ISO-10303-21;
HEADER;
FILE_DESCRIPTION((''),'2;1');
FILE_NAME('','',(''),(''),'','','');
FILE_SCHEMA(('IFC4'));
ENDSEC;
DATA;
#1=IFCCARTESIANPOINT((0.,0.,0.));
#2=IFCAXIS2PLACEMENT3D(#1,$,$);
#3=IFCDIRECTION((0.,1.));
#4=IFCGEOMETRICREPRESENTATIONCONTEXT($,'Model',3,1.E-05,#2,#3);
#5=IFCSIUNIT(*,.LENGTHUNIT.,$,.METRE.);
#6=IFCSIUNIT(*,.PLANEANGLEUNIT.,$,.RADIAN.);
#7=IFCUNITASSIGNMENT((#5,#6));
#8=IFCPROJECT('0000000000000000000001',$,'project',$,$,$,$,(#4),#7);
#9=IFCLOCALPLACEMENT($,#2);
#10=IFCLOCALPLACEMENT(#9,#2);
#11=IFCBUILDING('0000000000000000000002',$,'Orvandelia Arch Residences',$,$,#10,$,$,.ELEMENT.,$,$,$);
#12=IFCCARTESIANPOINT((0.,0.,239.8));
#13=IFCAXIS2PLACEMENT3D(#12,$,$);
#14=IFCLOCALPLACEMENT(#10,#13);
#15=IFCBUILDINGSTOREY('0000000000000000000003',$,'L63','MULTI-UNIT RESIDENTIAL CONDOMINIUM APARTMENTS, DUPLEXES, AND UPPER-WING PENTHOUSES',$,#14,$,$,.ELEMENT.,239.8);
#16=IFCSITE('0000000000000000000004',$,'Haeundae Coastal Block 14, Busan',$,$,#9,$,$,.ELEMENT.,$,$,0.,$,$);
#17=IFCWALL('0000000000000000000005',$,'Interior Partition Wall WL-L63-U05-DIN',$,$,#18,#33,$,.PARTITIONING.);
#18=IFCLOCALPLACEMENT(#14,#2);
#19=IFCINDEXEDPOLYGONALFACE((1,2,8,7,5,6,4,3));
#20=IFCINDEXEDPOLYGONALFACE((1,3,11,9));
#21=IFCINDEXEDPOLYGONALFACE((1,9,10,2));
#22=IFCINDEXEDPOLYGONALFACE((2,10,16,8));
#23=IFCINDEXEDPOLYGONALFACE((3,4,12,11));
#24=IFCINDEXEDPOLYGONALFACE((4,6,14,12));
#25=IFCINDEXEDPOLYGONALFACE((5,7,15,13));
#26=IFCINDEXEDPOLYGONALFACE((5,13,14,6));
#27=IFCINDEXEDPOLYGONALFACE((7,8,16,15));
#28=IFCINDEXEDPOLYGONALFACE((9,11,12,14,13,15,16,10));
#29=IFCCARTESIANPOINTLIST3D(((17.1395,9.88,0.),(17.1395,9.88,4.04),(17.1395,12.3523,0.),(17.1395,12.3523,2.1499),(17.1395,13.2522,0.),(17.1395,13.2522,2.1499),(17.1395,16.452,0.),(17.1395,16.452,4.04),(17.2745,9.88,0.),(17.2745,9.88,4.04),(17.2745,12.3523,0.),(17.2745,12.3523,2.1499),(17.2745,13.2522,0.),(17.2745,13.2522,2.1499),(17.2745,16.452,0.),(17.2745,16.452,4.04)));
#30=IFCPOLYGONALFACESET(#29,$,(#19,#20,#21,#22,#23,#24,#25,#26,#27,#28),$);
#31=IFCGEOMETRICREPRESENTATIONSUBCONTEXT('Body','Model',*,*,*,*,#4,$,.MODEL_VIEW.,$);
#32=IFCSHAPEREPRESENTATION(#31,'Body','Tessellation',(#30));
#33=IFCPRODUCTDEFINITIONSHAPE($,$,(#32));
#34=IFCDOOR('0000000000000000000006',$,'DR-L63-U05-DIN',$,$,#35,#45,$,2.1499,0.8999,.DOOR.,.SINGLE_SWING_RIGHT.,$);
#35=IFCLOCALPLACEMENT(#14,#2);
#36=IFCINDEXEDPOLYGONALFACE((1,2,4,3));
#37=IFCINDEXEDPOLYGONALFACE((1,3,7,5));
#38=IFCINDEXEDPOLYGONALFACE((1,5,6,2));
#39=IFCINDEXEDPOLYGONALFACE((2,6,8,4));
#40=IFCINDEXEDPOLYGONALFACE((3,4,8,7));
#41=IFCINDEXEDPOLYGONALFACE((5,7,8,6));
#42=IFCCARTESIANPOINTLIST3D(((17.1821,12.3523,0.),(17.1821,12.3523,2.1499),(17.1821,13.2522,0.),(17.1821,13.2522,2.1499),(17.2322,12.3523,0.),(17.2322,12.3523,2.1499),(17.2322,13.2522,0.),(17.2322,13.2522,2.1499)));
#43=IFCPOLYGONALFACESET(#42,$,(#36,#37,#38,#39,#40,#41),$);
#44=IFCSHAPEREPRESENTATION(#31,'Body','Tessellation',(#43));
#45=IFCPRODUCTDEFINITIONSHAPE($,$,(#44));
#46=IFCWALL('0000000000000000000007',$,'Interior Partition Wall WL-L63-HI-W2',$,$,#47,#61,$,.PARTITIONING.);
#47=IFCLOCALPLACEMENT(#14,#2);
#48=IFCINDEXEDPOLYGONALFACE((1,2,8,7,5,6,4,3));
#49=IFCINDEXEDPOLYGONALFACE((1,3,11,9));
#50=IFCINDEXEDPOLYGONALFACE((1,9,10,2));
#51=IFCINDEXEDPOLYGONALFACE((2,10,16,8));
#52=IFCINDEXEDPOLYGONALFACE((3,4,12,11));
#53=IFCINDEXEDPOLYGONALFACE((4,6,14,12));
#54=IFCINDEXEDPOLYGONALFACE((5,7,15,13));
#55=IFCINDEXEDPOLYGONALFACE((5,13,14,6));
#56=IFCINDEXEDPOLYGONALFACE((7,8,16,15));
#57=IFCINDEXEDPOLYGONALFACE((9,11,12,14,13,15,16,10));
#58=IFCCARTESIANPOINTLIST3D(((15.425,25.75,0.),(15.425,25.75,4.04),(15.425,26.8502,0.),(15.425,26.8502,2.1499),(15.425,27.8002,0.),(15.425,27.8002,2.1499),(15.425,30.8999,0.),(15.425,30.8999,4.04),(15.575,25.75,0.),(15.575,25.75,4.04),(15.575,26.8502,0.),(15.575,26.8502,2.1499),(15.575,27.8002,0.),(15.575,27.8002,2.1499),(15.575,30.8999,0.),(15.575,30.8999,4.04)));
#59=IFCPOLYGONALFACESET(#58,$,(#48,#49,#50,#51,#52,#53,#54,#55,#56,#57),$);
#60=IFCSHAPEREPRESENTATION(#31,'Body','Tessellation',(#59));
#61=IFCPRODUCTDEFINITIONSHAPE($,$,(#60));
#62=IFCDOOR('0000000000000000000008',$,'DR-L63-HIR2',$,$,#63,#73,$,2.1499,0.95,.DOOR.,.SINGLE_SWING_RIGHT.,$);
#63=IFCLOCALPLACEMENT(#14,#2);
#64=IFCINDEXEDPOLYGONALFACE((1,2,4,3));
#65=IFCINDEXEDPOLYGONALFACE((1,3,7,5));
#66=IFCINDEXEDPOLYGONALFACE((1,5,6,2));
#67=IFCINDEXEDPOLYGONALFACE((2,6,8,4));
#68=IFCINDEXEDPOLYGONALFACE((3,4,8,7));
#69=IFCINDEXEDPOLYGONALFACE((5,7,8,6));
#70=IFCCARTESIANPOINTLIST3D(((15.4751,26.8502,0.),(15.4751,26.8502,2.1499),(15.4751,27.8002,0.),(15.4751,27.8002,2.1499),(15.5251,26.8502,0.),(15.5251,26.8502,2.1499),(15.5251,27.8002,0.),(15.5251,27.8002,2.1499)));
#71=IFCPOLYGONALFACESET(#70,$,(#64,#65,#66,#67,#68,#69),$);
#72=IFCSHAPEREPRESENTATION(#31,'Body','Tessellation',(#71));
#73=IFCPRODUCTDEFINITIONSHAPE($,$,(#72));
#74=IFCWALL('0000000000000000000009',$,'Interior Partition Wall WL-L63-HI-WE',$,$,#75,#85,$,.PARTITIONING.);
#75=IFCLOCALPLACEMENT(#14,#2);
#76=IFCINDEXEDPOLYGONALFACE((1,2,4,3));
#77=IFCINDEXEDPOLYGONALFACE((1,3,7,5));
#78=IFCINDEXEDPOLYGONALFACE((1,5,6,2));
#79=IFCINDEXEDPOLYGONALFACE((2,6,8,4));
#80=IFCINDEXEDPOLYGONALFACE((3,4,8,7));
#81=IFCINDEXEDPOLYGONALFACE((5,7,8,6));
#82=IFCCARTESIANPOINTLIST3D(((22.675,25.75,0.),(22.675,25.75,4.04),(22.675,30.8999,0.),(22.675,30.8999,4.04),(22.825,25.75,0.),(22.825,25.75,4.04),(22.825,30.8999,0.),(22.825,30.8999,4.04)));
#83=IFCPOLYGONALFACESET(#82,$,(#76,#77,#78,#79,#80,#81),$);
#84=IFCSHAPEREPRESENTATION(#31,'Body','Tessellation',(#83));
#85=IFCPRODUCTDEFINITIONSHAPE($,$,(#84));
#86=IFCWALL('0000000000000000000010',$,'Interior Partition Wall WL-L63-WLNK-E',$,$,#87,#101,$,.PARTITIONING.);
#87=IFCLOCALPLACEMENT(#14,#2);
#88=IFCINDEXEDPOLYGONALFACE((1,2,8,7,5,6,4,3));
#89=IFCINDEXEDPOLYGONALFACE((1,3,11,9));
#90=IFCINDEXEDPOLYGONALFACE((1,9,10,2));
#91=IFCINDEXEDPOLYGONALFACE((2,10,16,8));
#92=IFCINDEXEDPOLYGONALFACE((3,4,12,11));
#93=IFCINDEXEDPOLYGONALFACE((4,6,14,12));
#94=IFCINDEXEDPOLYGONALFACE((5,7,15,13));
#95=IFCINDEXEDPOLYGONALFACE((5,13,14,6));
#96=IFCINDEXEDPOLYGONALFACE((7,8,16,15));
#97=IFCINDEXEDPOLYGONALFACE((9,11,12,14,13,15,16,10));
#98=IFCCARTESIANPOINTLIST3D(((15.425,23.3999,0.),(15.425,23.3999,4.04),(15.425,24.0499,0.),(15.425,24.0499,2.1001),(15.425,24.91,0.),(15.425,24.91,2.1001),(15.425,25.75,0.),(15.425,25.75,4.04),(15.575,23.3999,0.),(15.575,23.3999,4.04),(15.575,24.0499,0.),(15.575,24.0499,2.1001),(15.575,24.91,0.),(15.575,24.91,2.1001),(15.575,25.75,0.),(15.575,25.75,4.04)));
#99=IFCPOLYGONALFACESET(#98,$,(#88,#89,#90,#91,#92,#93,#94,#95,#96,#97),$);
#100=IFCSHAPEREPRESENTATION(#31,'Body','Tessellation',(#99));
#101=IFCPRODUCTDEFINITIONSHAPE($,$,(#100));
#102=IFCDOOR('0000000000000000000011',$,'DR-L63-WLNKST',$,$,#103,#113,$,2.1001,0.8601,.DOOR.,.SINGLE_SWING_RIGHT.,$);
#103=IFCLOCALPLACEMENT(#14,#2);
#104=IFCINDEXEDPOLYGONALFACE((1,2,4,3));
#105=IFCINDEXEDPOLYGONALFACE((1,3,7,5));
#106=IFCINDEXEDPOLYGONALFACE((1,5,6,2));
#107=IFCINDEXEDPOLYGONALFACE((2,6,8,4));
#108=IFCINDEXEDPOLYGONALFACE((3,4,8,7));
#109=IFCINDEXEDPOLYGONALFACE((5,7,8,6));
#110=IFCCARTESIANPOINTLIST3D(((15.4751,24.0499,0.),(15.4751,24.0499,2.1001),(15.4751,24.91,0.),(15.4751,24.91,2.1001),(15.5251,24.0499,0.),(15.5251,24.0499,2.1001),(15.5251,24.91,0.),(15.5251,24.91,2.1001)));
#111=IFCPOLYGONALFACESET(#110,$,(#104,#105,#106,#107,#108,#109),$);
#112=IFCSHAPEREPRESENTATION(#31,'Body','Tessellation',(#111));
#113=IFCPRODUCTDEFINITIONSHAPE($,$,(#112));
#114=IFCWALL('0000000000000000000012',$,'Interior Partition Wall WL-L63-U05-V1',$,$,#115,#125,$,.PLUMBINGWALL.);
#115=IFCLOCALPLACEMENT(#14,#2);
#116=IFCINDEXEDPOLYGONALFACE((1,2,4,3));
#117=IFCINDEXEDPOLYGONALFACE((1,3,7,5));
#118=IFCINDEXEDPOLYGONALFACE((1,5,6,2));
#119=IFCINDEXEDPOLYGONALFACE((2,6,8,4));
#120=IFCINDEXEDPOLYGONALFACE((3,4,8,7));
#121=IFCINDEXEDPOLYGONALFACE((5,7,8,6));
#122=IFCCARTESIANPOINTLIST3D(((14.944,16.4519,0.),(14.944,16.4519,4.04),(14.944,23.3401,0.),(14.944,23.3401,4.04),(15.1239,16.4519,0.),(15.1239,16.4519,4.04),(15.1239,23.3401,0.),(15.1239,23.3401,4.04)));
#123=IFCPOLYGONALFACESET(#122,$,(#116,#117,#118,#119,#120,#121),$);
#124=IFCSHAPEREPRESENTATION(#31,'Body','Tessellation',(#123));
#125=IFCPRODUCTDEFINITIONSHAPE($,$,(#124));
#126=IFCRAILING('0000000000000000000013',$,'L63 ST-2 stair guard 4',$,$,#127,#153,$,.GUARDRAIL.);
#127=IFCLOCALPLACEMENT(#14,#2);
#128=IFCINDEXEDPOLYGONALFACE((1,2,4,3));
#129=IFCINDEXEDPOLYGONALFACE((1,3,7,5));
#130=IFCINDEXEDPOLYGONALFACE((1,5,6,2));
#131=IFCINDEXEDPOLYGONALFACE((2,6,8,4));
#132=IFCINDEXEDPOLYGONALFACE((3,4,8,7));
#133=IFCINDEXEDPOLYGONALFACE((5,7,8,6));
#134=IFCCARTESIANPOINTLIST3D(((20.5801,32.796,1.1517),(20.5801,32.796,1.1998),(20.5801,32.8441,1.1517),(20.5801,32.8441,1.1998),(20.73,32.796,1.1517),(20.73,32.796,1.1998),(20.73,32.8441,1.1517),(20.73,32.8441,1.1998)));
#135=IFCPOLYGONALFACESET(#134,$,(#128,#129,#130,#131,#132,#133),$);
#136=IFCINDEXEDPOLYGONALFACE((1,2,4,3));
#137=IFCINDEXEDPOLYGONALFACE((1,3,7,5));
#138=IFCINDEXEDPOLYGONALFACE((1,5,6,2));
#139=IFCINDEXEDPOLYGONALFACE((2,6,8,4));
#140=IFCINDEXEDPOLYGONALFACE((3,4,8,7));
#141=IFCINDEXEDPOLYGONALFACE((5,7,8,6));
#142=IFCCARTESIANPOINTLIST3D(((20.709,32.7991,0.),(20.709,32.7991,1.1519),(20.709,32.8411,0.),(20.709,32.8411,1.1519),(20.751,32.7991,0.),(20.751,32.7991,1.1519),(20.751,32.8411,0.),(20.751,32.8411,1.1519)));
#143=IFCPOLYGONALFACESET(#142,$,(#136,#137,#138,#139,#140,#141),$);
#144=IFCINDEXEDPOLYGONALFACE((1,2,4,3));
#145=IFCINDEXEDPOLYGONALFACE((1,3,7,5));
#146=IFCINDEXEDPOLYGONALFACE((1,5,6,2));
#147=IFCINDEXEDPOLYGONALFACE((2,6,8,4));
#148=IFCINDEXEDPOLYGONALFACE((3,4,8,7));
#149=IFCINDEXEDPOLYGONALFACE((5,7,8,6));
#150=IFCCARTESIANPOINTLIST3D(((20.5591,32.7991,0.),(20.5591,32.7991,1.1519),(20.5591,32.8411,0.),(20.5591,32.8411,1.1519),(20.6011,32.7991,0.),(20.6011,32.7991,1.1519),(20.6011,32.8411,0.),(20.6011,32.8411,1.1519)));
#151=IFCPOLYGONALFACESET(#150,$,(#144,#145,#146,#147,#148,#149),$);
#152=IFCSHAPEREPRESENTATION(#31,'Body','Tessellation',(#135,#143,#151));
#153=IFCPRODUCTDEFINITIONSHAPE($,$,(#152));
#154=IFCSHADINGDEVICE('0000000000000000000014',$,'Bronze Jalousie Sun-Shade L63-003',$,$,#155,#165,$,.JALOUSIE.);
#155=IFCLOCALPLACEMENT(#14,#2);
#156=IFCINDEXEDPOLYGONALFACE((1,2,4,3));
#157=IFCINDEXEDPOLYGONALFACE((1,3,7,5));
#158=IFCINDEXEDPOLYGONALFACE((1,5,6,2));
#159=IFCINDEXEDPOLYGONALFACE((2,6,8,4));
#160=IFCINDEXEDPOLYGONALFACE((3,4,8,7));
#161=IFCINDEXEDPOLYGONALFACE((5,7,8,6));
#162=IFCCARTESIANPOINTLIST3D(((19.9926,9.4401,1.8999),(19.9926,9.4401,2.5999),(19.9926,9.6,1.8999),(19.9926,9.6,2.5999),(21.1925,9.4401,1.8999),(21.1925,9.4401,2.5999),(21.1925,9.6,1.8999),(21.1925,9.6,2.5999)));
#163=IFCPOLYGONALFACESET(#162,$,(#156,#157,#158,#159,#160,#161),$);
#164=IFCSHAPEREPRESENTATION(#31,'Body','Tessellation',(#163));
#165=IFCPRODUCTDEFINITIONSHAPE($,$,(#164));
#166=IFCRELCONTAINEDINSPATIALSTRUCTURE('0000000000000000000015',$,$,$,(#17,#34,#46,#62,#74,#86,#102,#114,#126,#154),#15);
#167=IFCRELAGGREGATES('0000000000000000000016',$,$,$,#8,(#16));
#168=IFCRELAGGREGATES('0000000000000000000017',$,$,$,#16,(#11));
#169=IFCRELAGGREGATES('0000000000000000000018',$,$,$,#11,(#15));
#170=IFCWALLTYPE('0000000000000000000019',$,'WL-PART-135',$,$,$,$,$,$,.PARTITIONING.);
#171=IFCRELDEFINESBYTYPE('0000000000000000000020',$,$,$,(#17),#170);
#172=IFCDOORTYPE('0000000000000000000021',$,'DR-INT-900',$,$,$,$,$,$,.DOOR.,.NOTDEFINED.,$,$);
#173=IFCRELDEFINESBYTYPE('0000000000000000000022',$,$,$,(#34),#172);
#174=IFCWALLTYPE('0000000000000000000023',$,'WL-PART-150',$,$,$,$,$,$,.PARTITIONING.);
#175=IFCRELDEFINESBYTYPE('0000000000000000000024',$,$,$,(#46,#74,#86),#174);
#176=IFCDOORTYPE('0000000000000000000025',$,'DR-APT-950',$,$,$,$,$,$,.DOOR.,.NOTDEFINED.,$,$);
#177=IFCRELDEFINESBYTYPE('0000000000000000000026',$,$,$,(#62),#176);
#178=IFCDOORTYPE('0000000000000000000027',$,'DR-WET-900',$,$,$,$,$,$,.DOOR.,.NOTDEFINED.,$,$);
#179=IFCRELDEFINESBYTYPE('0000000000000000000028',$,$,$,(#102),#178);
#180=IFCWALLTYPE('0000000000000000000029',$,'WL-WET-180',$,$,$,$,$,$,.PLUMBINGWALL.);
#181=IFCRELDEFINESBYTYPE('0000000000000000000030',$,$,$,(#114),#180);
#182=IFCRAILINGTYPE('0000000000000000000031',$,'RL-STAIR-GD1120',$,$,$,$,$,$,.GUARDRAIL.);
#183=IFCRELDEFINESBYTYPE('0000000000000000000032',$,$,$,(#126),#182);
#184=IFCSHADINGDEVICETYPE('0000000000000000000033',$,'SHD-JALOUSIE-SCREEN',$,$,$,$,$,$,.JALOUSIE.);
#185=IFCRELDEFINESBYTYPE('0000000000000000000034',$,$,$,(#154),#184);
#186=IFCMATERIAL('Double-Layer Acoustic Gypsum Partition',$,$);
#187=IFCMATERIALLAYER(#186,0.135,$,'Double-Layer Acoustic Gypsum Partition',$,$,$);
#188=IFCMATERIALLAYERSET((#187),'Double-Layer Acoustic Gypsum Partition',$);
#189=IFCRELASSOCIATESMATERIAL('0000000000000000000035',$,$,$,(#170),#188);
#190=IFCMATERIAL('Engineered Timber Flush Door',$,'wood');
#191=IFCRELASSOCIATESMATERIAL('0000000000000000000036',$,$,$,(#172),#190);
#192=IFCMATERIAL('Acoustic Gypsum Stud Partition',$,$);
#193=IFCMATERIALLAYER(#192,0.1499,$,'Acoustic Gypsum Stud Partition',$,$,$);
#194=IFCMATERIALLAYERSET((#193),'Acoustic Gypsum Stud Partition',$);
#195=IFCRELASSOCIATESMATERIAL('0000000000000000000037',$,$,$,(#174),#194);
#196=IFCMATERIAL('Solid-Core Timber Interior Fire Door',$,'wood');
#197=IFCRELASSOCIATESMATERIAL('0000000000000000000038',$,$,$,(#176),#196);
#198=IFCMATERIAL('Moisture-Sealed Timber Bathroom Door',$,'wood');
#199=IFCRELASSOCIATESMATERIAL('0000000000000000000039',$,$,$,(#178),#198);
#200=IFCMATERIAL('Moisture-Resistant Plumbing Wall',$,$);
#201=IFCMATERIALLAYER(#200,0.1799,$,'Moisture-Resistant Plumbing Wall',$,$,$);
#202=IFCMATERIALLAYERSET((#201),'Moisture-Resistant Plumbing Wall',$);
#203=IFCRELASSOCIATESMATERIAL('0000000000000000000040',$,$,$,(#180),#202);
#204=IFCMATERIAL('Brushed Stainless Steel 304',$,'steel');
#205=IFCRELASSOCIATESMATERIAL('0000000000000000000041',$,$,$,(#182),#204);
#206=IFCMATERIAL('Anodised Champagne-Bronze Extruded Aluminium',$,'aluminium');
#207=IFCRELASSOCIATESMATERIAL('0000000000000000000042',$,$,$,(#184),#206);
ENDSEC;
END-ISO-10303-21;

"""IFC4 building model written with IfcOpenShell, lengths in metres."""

from ifc_helpers import new_model, si_unit, direction, frame, frame_2d, origin, origin_2d, place, context, subcontext, project, spatial, rectangle, extrude, material, layer, layer_set, type_object, element, fill, save


model = new_model("IFC4")

# Units and contexts
model_context = context("Model", 3, precision=1e-05, world=origin(), true_north=direction((0.0, 1.0)))
body_context = subcontext(model_context, "Body", "Model", "MODEL_VIEW")
ifc_project = project(units=[si_unit("LENGTHUNIT", "METRE"), si_unit("PLANEANGLEUNIT", "RADIAN")], contexts=[model_context])

# Site, building, storey
site_placement = place(None, origin())
site = spatial("IfcSite", under=ifc_project, at=site_placement, Name="Haeundae Coastal Block 14, Busan", CompositionType="ELEMENT", RefElevation=0.0)
building_placement = place(site_placement, origin())
building = spatial("IfcBuilding", under=site, at=building_placement, Name="Orvandelia Arch Residences", CompositionType="ELEMENT")
storey_placement = place(building_placement, frame((0.0, 0.0, 239.8)))
storey = spatial("IfcBuildingStorey", under=building, at=storey_placement, Name="L63", Description="MULTI-UNIT RESIDENTIAL CONDOMINIUM APARTMENTS, DUPLEXES, AND UPPER-WING PENTHOUSES", CompositionType="ELEMENT", Elevation=239.8)

# Walls, openings, doors
ifc_material_1 = material(Name="Double-Layer Acoustic Gypsum Partition")
ifc_layer_1 = layer(ifc_material_1, 0.135, Name="Double-Layer Acoustic Gypsum Partition")
ifc_layer_set_1 = layer_set([ifc_layer_1], Name="Double-Layer Acoustic Gypsum Partition")
wall_type_1 = type_object("IfcWallType", Name="WL-PART-135", PredefinedType="PARTITIONING", material=ifc_layer_set_1)
wall_1_placement = place(storey_placement, frame((17.207, 9.8799, 0.0), z_axis=(0.0, 0.0, 1.0), x_axis=(0.0, 1.0, 0.0)))
wall_1 = element("IfcWall", 1, at=wall_1_placement, inside=storey, type_object=wall_type_1, Name="Interior Partition Wall WL-L63-U05-DIN", PredefinedType="PARTITIONING", context=body_context, shape_type="SweptSolid", body=[
    extrude(rectangle(XDim=6.572, YDim=0.135, at=frame_2d((3.2861, 0.0))), origin(), (0.0, 0.0, 1.0), 4.04),
])
opening_1_placement = place(wall_1_placement, frame((2.4724, 0.0, 0.0)))
opening_1 = element("IfcOpeningElement", 2, at=opening_1_placement, cuts=wall_1, PredefinedType="OPENING", context=body_context, shape_type="SweptSolid", body=[
    extrude(rectangle(XDim=0.8999, YDim=2.1499, at=frame_2d((0.45, 1.075))), frame((0.0, 0.0776, 0.0), z_axis=(0.0, -1.0, 0.0), x_axis=(1.0, 0.0, 0.0)), (0.0, 0.0, 1.0), 0.155),
])
ifc_material_2 = material(Name="Engineered Timber Flush Door", Category="wood")
door_type_1 = type_object("IfcDoorType", Name="DR-INT-900", OperationType="NOTDEFINED", PredefinedType="DOOR", material=ifc_material_2)
door_1_placement = place(opening_1_placement, origin())
door_1 = element("IfcDoor", 3, at=door_1_placement, inside=storey, type_object=door_type_1, Name="DR-L63-U05-DIN", OperationType="SINGLE_SWING_RIGHT", OverallHeight=2.1499, OverallWidth=0.8999, PredefinedType="DOOR", context=body_context, shape_type="SweptSolid", body=[
    extrude(rectangle(XDim=0.8999, YDim=2.1499, at=frame_2d((0.45, 1.075))), frame((0.0, 0.0249, 0.0), z_axis=(0.0, -1.0, 0.0), x_axis=(1.0, 0.0, 0.0)), (0.0, 0.0, 1.0), 0.05),
])
fill(opening_1, door_1)
ifc_material_3 = material(Name="Acoustic Gypsum Stud Partition")
ifc_layer_2 = layer(ifc_material_3, 0.1499, Name="Acoustic Gypsum Stud Partition")
ifc_layer_set_2 = layer_set([ifc_layer_2], Name="Acoustic Gypsum Stud Partition")
wall_type_2 = type_object("IfcWallType", Name="WL-PART-150", PredefinedType="PARTITIONING", material=ifc_layer_set_2)
wall_2_placement = place(storey_placement, frame((15.5, 25.75, 0.0), z_axis=(0.0, 0.0, 1.0), x_axis=(0.0, 1.0, 0.0)))
wall_2 = element("IfcWall", 4, at=wall_2_placement, inside=storey, type_object=wall_type_2, Name="Interior Partition Wall WL-L63-HI-W2", PredefinedType="PARTITIONING", context=body_context, shape_type="SweptSolid", body=[
    extrude(rectangle(XDim=5.1499, YDim=0.1499, at=frame_2d((2.575, 0.0))), origin(), (0.0, 0.0, 1.0), 4.04),
])
opening_2_placement = place(wall_2_placement, frame((1.1001, 0.0, 0.0)))
opening_2 = element("IfcOpeningElement", 5, at=opening_2_placement, cuts=wall_2, PredefinedType="OPENING", context=body_context, shape_type="SweptSolid", body=[
    extrude(rectangle(XDim=0.95, YDim=2.1499, at=frame_2d((0.4751, 1.075))), frame((0.0, 0.085, 0.0), z_axis=(0.0, -1.0, 0.0), x_axis=(1.0, 0.0, 0.0)), (0.0, 0.0, 1.0), 0.1699),
])
ifc_material_4 = material(Name="Solid-Core Timber Interior Fire Door", Category="wood")
door_type_2 = type_object("IfcDoorType", Name="DR-APT-950", OperationType="NOTDEFINED", PredefinedType="DOOR", material=ifc_material_4)
door_2_placement = place(opening_2_placement, origin())
door_2 = element("IfcDoor", 6, at=door_2_placement, inside=storey, type_object=door_type_2, Name="DR-L63-HIR2", OperationType="SINGLE_SWING_RIGHT", OverallHeight=2.1499, OverallWidth=0.95, PredefinedType="DOOR", context=body_context, shape_type="SweptSolid", body=[
    extrude(rectangle(XDim=0.95, YDim=2.1499, at=frame_2d((0.4751, 1.075))), frame((0.0, 0.0249, 0.0), z_axis=(0.0, -1.0, 0.0), x_axis=(1.0, 0.0, 0.0)), (0.0, 0.0, 1.0), 0.05),
])
fill(opening_2, door_2)

# Wall
wall_3_placement = place(storey_placement, frame((22.75, 25.75, 0.0), z_axis=(0.0, 0.0, 1.0), x_axis=(0.0, 1.0, 0.0)))
element("IfcWall", 7, at=wall_3_placement, inside=storey, type_object=wall_type_2, Name="Interior Partition Wall WL-L63-HI-WE", PredefinedType="PARTITIONING", context=body_context, shape_type="SweptSolid", body=[
    extrude(rectangle(XDim=5.1499, YDim=0.1499, at=frame_2d((2.575, 0.0))), origin(), (0.0, 0.0, 1.0), 4.04),
])

# Wall, opening, door
wall_4_placement = place(storey_placement, frame((15.5, 23.3999, 0.0), z_axis=(0.0, 0.0, 1.0), x_axis=(0.0, 1.0, 0.0)))
wall_4 = element("IfcWall", 8, at=wall_4_placement, inside=storey, type_object=wall_type_2, Name="Interior Partition Wall WL-L63-WLNK-E", PredefinedType="PARTITIONING", context=body_context, shape_type="SweptSolid", body=[
    extrude(rectangle(XDim=2.3501, YDim=0.1499, at=frame_2d((1.175, 0.0))), origin(), (0.0, 0.0, 1.0), 4.04),
])
opening_3_placement = place(wall_4_placement, frame((0.6499, 0.0, 0.0)))
opening_3 = element("IfcOpeningElement", 9, at=opening_3_placement, cuts=wall_4, PredefinedType="OPENING", context=body_context, shape_type="SweptSolid", body=[
    extrude(rectangle(XDim=0.8601, YDim=2.1001, at=frame_2d((0.4302, 1.05))), frame((0.0, 0.085, 0.0), z_axis=(0.0, -1.0, 0.0), x_axis=(1.0, 0.0, 0.0)), (0.0, 0.0, 1.0), 0.1699),
])
ifc_material_5 = material(Name="Moisture-Sealed Timber Bathroom Door", Category="wood")
door_type_3 = type_object("IfcDoorType", Name="DR-WET-900", OperationType="NOTDEFINED", PredefinedType="DOOR", material=ifc_material_5)
door_3_placement = place(opening_3_placement, origin())
door_3 = element("IfcDoor", 10, at=door_3_placement, inside=storey, type_object=door_type_3, Name="DR-L63-WLNKST", OperationType="SINGLE_SWING_RIGHT", OverallHeight=2.1001, OverallWidth=0.8601, PredefinedType="DOOR", context=body_context, shape_type="SweptSolid", body=[
    extrude(rectangle(XDim=0.8601, YDim=2.1001, at=frame_2d((0.4302, 1.05))), frame((0.0, 0.0249, 0.0), z_axis=(0.0, -1.0, 0.0), x_axis=(1.0, 0.0, 0.0)), (0.0, 0.0, 1.0), 0.05),
])
fill(opening_3, door_3)

# Wall
ifc_material_6 = material(Name="Moisture-Resistant Plumbing Wall")
ifc_layer_3 = layer(ifc_material_6, 0.1799, Name="Moisture-Resistant Plumbing Wall")
ifc_layer_set_3 = layer_set([ifc_layer_3], Name="Moisture-Resistant Plumbing Wall")
wall_type_3 = type_object("IfcWallType", Name="WL-WET-180", PredefinedType="PLUMBINGWALL", material=ifc_layer_set_3)
wall_5_placement = place(storey_placement, frame((15.0339, 16.4519, 0.0), z_axis=(0.0, 0.0, 1.0), x_axis=(0.0, 1.0, 0.0)))
element("IfcWall", 11, at=wall_5_placement, inside=storey, type_object=wall_type_3, Name="Interior Partition Wall WL-L63-U05-V1", PredefinedType="PLUMBINGWALL", context=body_context, shape_type="SweptSolid", body=[
    extrude(rectangle(XDim=6.8882, YDim=0.1799, at=frame_2d((3.4441, 0.0))), origin(), (0.0, 0.0, 1.0), 4.04),
])

# Railing
ifc_material_7 = material(Name="Brushed Stainless Steel 304", Category="steel")
railing_type = type_object("IfcRailingType", Name="RL-STAIR-GD1120", PredefinedType="GUARDRAIL", material=ifc_material_7)
railing_placement = place(storey_placement, frame((20.73, 32.8201, 0.0)))
element("IfcRailing", 12, at=railing_placement, inside=storey, type_object=railing_type, Name="L63 ST-2 stair guard 4", PredefinedType="GUARDRAIL", context=body_context, shape_type="SweptSolid", body=[
    extrude(rectangle(XDim=0.0481, YDim=0.0481, at=origin_2d()), frame((0.0, 0.0, 1.1758), z_axis=(-1.0, 0.0, 0.0), x_axis=(0.0, -1.0, 0.0)), (0.0, 0.0, 1.0), 0.1499),
    extrude(rectangle(XDim=0.042, YDim=0.042, at=origin_2d()), origin(), (0.0, 0.0, 1.0), 1.1519),
    extrude(rectangle(XDim=0.042, YDim=0.042, at=origin_2d()), frame((-0.1499, 0.0, 0.0)), (0.0, 0.0, 1.0), 1.1519),
])

# Shading device
ifc_material_8 = material(Name="Anodised Champagne-Bronze Extruded Aluminium", Category="aluminium")
shading_device_type_1 = type_object("IfcShadingDeviceType", Name="SHD-JALOUSIE-SCREEN", PredefinedType="JALOUSIE", material=ifc_material_8)
shading_device_1_placement = place(storey_placement, frame((20.5925, 9.52, 1.8999), z_axis=(0.0, 0.0, 1.0), x_axis=(-1.0, 0.0, 0.0)))
element("IfcShadingDevice", 13, at=shading_device_1_placement, inside=storey, type_object=shading_device_type_1, Name="Bronze Jalousie Sun-Shade L63-003", PredefinedType="JALOUSIE", context=body_context, shape_type="SweptSolid", body=[
    extrude(rectangle(XDim=1.2, YDim=0.1599, at=origin_2d()), origin(), (0.0, 0.0, 1.0), 0.7),
])

save(model, "model.ifc")
